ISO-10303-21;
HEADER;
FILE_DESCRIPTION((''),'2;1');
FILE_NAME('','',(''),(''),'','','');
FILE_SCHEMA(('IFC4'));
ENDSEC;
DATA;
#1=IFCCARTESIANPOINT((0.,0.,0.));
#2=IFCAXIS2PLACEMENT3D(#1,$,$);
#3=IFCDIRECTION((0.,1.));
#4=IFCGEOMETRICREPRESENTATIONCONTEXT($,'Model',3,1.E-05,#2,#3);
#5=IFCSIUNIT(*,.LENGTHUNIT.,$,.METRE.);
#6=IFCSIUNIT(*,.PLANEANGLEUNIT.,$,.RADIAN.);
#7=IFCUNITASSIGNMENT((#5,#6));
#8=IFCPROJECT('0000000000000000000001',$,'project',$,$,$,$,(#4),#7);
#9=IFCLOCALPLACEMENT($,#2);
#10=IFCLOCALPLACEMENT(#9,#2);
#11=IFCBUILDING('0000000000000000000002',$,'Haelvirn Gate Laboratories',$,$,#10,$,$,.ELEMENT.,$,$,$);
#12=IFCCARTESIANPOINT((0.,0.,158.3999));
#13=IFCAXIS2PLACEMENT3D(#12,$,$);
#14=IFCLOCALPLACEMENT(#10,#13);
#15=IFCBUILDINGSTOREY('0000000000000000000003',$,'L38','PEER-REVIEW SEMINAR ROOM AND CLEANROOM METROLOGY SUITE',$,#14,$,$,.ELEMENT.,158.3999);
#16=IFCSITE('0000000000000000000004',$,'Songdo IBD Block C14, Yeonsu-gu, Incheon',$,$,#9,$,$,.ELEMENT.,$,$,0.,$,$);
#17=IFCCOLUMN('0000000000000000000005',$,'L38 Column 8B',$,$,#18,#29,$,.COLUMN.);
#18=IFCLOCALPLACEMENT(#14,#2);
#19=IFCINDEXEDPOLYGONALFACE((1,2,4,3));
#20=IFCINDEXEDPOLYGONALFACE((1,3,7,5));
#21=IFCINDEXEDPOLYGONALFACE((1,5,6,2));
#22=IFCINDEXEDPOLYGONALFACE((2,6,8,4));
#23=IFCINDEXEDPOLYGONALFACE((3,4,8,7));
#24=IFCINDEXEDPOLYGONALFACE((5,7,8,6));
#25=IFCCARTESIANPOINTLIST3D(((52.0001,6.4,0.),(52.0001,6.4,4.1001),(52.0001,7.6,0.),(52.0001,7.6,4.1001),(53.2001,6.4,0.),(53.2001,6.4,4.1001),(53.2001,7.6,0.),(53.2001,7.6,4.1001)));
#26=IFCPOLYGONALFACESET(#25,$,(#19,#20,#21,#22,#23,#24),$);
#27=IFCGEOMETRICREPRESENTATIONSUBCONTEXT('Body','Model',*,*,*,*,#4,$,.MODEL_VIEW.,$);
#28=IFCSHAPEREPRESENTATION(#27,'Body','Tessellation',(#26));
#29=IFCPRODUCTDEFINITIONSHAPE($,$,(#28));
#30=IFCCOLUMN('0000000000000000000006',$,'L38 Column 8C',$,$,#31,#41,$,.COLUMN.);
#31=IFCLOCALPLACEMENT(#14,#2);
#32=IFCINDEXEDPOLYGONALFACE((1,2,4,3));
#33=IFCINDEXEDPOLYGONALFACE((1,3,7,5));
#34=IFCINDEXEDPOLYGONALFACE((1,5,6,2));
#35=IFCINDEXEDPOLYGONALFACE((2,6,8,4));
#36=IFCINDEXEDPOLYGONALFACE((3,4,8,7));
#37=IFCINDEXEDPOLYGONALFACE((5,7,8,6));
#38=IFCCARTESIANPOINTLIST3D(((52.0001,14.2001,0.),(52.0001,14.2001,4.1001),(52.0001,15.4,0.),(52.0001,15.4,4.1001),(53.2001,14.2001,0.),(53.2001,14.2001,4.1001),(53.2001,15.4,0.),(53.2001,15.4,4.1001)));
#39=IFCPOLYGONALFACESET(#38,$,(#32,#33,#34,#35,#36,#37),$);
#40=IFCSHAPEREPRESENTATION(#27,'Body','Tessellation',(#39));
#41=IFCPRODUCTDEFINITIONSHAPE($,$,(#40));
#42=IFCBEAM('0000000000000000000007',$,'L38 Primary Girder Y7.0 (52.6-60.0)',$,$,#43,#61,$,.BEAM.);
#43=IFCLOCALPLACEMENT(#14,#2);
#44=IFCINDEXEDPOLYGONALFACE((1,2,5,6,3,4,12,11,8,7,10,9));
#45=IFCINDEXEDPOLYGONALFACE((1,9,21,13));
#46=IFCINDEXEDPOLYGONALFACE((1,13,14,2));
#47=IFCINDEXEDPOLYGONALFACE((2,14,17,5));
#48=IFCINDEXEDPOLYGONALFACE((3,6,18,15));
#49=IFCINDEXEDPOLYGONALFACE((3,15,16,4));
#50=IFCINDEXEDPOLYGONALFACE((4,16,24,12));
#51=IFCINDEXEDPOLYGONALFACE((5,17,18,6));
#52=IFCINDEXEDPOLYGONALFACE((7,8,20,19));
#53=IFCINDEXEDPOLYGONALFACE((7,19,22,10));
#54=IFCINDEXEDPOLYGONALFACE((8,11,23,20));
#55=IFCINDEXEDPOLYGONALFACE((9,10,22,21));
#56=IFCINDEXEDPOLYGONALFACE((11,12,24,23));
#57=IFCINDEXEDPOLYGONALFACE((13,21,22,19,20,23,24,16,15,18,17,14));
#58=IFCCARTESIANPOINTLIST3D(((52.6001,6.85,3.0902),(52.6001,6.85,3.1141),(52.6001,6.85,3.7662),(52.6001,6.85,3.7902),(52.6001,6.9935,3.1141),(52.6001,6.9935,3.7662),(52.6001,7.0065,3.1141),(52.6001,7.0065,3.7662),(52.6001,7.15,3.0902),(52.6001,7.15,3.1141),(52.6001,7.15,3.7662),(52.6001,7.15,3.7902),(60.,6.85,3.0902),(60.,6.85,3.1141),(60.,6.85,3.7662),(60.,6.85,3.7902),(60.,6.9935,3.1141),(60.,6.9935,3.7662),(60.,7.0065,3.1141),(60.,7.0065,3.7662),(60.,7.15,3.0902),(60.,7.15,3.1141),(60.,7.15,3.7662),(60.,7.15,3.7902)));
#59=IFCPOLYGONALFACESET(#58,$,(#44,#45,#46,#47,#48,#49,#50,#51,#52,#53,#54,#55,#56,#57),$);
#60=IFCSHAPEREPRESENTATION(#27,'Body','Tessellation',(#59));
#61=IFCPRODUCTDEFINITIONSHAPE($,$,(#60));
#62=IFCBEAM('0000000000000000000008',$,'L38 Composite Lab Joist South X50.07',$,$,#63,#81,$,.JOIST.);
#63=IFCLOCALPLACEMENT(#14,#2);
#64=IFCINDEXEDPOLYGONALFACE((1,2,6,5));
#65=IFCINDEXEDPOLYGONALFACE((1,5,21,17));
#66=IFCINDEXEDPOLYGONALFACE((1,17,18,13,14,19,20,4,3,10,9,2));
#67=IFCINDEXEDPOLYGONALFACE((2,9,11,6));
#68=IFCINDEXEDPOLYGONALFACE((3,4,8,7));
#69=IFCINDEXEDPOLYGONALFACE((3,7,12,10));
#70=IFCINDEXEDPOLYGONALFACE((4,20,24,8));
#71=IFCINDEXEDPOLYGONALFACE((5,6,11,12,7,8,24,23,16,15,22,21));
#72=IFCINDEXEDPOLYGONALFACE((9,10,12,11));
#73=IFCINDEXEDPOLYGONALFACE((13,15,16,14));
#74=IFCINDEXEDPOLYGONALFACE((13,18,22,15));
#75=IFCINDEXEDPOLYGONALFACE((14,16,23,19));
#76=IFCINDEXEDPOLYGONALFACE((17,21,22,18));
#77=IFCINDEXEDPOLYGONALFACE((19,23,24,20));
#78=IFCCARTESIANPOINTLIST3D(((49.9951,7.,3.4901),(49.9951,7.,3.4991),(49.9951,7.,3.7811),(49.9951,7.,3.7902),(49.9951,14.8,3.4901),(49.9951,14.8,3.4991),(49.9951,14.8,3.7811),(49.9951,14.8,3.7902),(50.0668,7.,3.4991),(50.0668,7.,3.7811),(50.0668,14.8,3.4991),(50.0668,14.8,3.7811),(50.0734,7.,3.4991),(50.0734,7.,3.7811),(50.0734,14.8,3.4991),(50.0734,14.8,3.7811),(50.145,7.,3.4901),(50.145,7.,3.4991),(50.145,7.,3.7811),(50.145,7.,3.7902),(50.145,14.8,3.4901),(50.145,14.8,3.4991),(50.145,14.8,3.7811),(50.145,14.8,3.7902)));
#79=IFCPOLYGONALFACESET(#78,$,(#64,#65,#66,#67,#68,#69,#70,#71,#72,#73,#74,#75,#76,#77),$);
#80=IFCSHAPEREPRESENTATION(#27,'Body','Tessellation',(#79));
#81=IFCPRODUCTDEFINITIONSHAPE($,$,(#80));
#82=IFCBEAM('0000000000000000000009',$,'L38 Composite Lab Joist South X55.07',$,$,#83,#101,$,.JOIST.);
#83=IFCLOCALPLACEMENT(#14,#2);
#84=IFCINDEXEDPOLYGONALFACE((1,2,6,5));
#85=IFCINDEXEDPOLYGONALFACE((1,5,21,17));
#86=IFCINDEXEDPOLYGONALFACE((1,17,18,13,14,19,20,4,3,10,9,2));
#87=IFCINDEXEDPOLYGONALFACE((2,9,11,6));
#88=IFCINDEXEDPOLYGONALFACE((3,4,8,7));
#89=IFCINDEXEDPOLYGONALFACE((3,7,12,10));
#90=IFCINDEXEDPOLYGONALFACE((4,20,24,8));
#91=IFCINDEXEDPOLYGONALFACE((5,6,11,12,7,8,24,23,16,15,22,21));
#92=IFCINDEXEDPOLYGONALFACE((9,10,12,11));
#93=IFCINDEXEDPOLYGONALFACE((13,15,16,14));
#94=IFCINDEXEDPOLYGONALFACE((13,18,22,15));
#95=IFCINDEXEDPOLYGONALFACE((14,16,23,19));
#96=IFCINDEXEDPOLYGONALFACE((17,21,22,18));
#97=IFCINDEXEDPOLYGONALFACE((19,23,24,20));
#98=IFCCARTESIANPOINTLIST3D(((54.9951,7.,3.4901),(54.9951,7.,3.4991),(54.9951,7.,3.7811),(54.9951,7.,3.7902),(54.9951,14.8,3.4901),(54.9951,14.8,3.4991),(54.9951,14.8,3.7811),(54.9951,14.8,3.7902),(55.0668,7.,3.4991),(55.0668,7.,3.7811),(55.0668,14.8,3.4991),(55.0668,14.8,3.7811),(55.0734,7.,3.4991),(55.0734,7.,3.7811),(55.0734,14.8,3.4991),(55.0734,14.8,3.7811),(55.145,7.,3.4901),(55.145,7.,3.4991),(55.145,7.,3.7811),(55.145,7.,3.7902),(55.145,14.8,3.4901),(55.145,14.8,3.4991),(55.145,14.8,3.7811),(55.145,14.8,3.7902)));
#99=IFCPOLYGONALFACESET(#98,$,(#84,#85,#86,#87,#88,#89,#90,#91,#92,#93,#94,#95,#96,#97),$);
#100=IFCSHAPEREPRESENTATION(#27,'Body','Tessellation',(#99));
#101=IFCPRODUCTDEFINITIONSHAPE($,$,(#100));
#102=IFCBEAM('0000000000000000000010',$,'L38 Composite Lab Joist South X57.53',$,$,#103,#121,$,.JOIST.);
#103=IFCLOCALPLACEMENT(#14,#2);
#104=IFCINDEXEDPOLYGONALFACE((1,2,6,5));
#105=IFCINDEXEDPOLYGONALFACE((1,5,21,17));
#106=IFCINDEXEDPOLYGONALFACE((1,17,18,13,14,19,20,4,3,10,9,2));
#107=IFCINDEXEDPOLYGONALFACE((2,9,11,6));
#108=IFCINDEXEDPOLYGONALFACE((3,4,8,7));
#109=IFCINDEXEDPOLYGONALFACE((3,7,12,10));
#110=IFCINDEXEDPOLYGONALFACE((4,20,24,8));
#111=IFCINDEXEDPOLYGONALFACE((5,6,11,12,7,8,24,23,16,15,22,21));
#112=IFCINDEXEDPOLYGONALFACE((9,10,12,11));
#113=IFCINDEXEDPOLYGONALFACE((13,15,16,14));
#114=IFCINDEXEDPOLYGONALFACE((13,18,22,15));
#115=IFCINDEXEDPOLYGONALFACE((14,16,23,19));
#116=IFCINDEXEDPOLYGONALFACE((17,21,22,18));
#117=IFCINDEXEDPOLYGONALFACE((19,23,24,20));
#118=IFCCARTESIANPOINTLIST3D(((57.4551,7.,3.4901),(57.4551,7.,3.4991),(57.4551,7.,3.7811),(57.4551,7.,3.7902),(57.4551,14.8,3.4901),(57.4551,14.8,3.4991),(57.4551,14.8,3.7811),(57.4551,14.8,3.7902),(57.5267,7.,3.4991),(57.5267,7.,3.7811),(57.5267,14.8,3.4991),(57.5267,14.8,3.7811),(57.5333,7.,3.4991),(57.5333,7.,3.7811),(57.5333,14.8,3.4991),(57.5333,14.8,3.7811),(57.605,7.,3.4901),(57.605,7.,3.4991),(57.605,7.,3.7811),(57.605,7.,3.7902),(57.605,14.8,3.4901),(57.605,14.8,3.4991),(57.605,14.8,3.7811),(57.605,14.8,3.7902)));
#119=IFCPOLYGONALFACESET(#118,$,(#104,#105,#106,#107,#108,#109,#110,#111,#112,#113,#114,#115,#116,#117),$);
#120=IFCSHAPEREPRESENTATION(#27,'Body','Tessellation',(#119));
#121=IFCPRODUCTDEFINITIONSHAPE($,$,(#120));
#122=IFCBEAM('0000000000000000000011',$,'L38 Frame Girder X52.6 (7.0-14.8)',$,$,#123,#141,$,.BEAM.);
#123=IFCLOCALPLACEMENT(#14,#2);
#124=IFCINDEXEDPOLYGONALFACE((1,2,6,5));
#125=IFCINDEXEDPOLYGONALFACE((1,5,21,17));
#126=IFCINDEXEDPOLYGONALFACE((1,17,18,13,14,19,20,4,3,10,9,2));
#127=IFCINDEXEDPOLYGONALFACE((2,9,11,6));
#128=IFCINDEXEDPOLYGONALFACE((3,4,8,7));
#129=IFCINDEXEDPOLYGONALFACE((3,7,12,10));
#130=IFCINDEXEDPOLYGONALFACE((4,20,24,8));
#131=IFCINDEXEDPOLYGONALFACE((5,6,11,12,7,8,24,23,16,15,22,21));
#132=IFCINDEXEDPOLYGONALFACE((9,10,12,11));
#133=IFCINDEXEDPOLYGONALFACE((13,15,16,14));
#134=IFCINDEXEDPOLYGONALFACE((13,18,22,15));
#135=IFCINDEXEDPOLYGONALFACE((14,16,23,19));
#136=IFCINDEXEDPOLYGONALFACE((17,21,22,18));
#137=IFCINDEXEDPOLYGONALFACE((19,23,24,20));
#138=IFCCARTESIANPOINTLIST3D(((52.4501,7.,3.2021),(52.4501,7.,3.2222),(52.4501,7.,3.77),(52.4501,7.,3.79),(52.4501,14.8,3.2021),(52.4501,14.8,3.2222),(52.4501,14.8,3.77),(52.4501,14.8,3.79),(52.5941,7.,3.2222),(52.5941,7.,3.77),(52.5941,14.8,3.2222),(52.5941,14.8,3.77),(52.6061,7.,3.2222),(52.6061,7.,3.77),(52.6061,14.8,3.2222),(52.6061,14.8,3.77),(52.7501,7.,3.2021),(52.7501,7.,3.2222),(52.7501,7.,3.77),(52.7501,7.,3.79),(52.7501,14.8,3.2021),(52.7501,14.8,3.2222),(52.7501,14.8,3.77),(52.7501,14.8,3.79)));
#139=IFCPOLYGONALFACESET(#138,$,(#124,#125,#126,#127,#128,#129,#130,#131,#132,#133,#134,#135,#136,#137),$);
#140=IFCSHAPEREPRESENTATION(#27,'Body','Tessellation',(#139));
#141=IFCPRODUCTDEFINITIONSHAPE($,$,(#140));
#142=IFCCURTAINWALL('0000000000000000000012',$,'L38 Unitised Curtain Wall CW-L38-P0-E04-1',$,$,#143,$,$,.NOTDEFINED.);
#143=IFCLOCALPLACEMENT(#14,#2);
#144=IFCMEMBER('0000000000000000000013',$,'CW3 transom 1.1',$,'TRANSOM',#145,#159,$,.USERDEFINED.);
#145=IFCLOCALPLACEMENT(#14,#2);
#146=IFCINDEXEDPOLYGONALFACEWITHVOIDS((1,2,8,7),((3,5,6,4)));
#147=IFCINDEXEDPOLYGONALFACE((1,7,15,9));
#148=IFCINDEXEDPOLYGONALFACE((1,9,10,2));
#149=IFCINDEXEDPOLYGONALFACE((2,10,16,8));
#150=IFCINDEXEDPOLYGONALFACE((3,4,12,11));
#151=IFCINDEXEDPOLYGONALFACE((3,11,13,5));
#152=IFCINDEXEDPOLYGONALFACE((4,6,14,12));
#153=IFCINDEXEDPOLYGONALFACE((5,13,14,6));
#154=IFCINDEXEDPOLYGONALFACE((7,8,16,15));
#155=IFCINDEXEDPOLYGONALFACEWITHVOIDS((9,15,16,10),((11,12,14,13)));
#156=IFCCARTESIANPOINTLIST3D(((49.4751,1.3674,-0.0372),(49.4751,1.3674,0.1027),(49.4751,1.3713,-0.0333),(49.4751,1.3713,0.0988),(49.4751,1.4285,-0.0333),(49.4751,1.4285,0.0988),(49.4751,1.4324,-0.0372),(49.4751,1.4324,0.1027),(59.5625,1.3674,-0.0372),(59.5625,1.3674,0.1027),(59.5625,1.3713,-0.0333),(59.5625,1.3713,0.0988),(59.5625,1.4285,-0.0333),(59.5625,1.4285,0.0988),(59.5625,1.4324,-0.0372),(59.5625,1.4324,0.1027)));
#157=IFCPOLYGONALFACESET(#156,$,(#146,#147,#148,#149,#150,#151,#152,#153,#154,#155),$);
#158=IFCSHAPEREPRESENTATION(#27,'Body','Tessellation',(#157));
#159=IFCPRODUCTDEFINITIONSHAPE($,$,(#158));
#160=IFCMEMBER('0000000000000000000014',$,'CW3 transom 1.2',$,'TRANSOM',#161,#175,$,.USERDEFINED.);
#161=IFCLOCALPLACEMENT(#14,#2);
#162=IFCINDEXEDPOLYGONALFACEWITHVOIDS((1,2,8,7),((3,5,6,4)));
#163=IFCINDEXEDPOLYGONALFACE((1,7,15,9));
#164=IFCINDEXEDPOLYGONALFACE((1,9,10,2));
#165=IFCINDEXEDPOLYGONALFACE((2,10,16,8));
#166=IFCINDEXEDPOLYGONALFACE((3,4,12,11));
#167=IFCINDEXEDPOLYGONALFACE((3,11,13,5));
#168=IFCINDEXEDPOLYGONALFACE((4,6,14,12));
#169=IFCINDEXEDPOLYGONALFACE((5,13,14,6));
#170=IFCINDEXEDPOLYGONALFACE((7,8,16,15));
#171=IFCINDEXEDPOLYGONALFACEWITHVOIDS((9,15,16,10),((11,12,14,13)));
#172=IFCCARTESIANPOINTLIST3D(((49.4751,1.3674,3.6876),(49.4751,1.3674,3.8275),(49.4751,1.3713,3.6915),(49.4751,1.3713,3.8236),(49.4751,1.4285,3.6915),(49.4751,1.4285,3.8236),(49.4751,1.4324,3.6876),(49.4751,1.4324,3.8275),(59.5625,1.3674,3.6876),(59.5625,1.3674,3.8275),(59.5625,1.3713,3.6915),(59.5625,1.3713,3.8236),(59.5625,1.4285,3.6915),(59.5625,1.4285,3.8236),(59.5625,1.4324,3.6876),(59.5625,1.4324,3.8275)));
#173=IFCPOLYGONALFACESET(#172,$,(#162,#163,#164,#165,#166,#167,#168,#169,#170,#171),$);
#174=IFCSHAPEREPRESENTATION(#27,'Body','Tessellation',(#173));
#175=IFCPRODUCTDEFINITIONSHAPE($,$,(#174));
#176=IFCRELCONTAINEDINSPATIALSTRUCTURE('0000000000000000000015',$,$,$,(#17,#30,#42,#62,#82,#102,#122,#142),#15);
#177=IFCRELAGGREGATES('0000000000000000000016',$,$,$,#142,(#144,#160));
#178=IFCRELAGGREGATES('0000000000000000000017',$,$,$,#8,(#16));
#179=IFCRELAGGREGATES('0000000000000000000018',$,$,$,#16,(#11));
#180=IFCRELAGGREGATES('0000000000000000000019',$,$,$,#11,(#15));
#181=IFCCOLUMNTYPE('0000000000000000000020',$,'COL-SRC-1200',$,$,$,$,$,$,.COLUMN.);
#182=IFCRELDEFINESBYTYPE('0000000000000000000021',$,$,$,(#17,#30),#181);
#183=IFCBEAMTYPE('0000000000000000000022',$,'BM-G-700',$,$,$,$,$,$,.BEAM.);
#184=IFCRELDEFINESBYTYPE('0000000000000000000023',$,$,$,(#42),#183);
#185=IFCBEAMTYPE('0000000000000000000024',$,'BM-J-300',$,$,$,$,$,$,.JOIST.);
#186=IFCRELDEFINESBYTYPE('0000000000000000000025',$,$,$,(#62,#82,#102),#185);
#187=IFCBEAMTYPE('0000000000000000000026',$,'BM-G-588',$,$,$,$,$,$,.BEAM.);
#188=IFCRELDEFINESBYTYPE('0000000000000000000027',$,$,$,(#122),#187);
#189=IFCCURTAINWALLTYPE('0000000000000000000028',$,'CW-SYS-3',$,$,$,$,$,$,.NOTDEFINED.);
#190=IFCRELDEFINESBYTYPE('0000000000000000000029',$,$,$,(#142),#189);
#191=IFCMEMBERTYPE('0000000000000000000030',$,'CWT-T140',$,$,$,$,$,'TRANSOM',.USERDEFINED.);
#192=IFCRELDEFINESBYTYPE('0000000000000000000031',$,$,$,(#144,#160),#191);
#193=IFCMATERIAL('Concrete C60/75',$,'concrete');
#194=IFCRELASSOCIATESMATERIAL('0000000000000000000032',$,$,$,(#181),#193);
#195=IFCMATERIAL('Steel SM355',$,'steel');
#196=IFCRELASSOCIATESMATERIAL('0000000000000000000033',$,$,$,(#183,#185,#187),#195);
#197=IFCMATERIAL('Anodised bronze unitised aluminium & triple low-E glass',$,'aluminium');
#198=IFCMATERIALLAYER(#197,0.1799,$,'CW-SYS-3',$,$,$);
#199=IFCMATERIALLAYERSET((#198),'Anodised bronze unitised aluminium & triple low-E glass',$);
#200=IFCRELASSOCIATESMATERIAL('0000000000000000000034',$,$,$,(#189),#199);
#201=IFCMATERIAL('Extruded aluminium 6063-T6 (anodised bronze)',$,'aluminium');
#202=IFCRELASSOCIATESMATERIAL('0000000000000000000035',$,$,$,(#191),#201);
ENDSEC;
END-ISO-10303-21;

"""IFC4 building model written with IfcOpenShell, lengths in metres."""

from ifc_helpers import new_model, si_unit, direction, frame, origin, origin_2d, place, context, subcontext, project, spatial, rectangle, hollow_rectangle, i_section, extrude, source, transform, mapped, material, layer, layer_set, material_profile, profile_set, type_object, type_shapes, element, aggregate, save


model = new_model("IFC4")

# Units and contexts
model_context = context("Model", 3, precision=1e-05, world=origin(), true_north=direction((0.0, 1.0)))
body_context = subcontext(model_context, "Body", "Model", "MODEL_VIEW")
ifc_project = project(units=[si_unit("LENGTHUNIT", "METRE"), si_unit("PLANEANGLEUNIT", "RADIAN")], contexts=[model_context])

# Site, building, storey
site_placement = place(None, origin())
site = spatial("IfcSite", under=ifc_project, at=site_placement, Name="Songdo IBD Block C14, Yeonsu-gu, Incheon", CompositionType="ELEMENT", RefElevation=0.0)
building_placement = place(site_placement, origin())
building = spatial("IfcBuilding", under=site, at=building_placement, Name="Haelvirn Gate Laboratories", CompositionType="ELEMENT")
storey_placement = place(building_placement, frame((0.0, 0.0, 158.3999)))
storey = spatial("IfcBuildingStorey", under=building, at=storey_placement, Name="L38", Description="PEER-REVIEW SEMINAR ROOM AND CLEANROOM METROLOGY SUITE", CompositionType="ELEMENT", Elevation=158.3999)

# Columns
ifc_material_1 = material(Name="Concrete C60/75", Category="concrete")
ifc_material_profile_1 = material_profile(ifc_material_1, rectangle(XDim=1.2, YDim=1.2, at=origin_2d()), Name="SRC-1200x1200")
ifc_profile_set_1 = profile_set([ifc_material_profile_1], Name="Concrete C60/75")
column_type = type_object("IfcColumnType", Name="COL-SRC-1200", PredefinedType="COLUMN", material=ifc_profile_set_1)
shared_shape_1 = source(origin(), body_context, "Body", "SweptSolid", [
    extrude(rectangle(XDim=1.2, YDim=1.2, at=origin_2d()), origin(), (0.0, 0.0, 1.0), 4.1001),
])
type_shapes(column_type, [shared_shape_1])
for number, where, z_axis, x_axis, name in (
    (1, (52.6001, 7.0, 0.0), (0.0, 0.0, 1.0), (1.0, 0.0, 0.0), "L38 Column 8B"),
    (2, (52.6001, 14.8, 0.0), (0.0, 0.0, 1.0), (1.0, 0.0, 0.0), "L38 Column 8C"),
):
    element("IfcColumn", number, at=place(storey_placement, frame(where, z_axis=z_axis, x_axis=x_axis)), inside=storey, type_object=column_type, Name=name, PredefinedType="COLUMN", context=body_context, shape_type="MappedRepresentation", body=[
        mapped(shared_shape_1, transform((0.0, 0.0, 0.0), scale=1.0)),
    ])

# Beams
ifc_material_2 = material(Name="Steel SM355", Category="steel")
ifc_material_profile_2 = material_profile(ifc_material_2, i_section(OverallWidth=0.3, OverallDepth=0.7, WebThickness=0.0129, FlangeThickness=0.0239, at=origin_2d()), Name="H-700x300x13x24")
ifc_profile_set_2 = profile_set([ifc_material_profile_2], Name="Steel SM355")
beam_type_1 = type_object("IfcBeamType", Name="BM-G-700", PredefinedType="BEAM", material=ifc_profile_set_2)
shared_shape_2 = source(origin(), body_context, "Body", "SweptSolid", [
    extrude(i_section(OverallWidth=0.3, OverallDepth=0.7, WebThickness=0.0129, FlangeThickness=0.0239, at=origin_2d()), origin(), (0.0, 0.0, 1.0), 7.3999),
])
type_shapes(beam_type_1, [shared_shape_2])
beam_1_placement = place(storey_placement, frame((52.6001, 7.0, 3.4402), z_axis=(1.0, 0.0, 0.0), x_axis=(0.0, 1.0, 0.0)))
element("IfcBeam", 3, at=beam_1_placement, inside=storey, type_object=beam_type_1, Name="L38 Primary Girder Y7.0 (52.6-60.0)", PredefinedType="BEAM", context=body_context, shape_type="MappedRepresentation", body=[
    mapped(shared_shape_2, transform((0.0, 0.0, 0.0), scale=1.0)),
])
ifc_material_profile_3 = material_profile(ifc_material_2, i_section(OverallWidth=0.1499, OverallDepth=0.3, WebThickness=0.0066, FlangeThickness=0.009, at=origin_2d()), Name="H-300x150x6.5x9")
ifc_profile_set_3 = profile_set([ifc_material_profile_3], Name="Steel SM355")
beam_type_2 = type_object("IfcBeamType", Name="BM-J-300", PredefinedType="JOIST", material=ifc_profile_set_3)
shared_shape_3 = source(origin(), body_context, "Body", "SweptSolid", [
    extrude(i_section(OverallWidth=0.1499, OverallDepth=0.3, WebThickness=0.0066, FlangeThickness=0.009, at=origin_2d()), origin(), (0.0, 0.0, 1.0), 7.8),
])
type_shapes(beam_type_2, [shared_shape_3])
for number, where, z_axis, x_axis, name in (
    (4, (50.0701, 7.0, 3.6401), (0.0, 1.0, 0.0), (-1.0, 0.0, 0.0), "L38 Composite Lab Joist South X50.07"),
    (5, (55.0701, 7.0, 3.6401), (0.0, 1.0, 0.0), (-1.0, 0.0, 0.0), "L38 Composite Lab Joist South X55.07"),
    (6, (57.53, 7.0, 3.6401), (0.0, 1.0, 0.0), (-1.0, 0.0, 0.0), "L38 Composite Lab Joist South X57.53"),
):
    element("IfcBeam", number, at=place(storey_placement, frame(where, z_axis=z_axis, x_axis=x_axis)), inside=storey, type_object=beam_type_2, Name=name, PredefinedType="JOIST", context=body_context, shape_type="MappedRepresentation", body=[
        mapped(shared_shape_3, transform((0.0, 0.0, 0.0), scale=1.0)),
    ])
ifc_material_profile_4 = material_profile(ifc_material_2, i_section(OverallWidth=0.3, OverallDepth=0.5879, WebThickness=0.012, FlangeThickness=0.02, at=origin_2d()), Name="H-588x300x12x20")
ifc_profile_set_4 = profile_set([ifc_material_profile_4], Name="Steel SM355")
beam_type_3 = type_object("IfcBeamType", Name="BM-G-588", PredefinedType="BEAM", material=ifc_profile_set_4)
shared_shape_4 = source(origin(), body_context, "Body", "SweptSolid", [
    extrude(i_section(OverallWidth=0.3, OverallDepth=0.5879, WebThickness=0.012, FlangeThickness=0.02, at=origin_2d()), origin(), (0.0, 0.0, 1.0), 7.8),
])
type_shapes(beam_type_3, [shared_shape_4])
beam_2_placement = place(storey_placement, frame((52.6001, 7.0, 3.4961), z_axis=(0.0, 1.0, 0.0), x_axis=(-1.0, 0.0, 0.0)))
element("IfcBeam", 7, at=beam_2_placement, inside=storey, type_object=beam_type_3, Name="L38 Frame Girder X52.6 (7.0-14.8)", PredefinedType="BEAM", context=body_context, shape_type="MappedRepresentation", body=[
    mapped(shared_shape_4, transform((0.0, 0.0, 0.0), scale=1.0)),
])

# Curtain wall, members
ifc_material_3 = material(Name="Anodised bronze unitised aluminium & triple low-E glass", Category="aluminium")
ifc_layer_1 = layer(ifc_material_3, 0.1799, Name="CW-SYS-3")
ifc_layer_set_1 = layer_set([ifc_layer_1], Name="Anodised bronze unitised aluminium & triple low-E glass")
curtain_wall_type = type_object("IfcCurtainWallType", Name="CW-SYS-3", PredefinedType="NOTDEFINED", material=ifc_layer_set_1)
curtain_wall_1_placement = place(storey_placement, origin())
curtain_wall_1 = element("IfcCurtainWall", 8, at=curtain_wall_1_placement, inside=storey, type_object=curtain_wall_type, Name="L38 Unitised Curtain Wall CW-L38-P0-E04-1", PredefinedType="NOTDEFINED")
ifc_material_4 = material(Name="Extruded aluminium 6063-T6 (anodised bronze)", Category="aluminium")
ifc_material_profile_5 = material_profile(ifc_material_4, hollow_rectangle(XDim=0.0649, YDim=0.1399, WallThickness=0.0039, at=origin_2d()), Name="CWT-140x65x4")
ifc_profile_set_5 = profile_set([ifc_material_profile_5], Name="Extruded aluminium 6063-T6 (anodised bronze)")
member_type_1 = type_object("IfcMemberType", Name="CWT-T140", ElementType="TRANSOM", PredefinedType="USERDEFINED", material=ifc_profile_set_5)
shared_shape_5 = source(origin(), body_context, "Body", "SweptSolid", [
    extrude(hollow_rectangle(XDim=0.0649, YDim=0.1399, WallThickness=0.0039, at=origin_2d()), origin(), (0.0, 0.0, 1.0), 10.0874),
])
type_shapes(member_type_1, [shared_shape_5])
member_1_placement = place(storey_placement, frame((49.4751, 1.3999, 0.0327), z_axis=(1.0, 0.0, 0.0), x_axis=(0.0, 1.0, 0.0)))
member_1 = element("IfcMember", 9, at=member_1_placement, type_object=member_type_1, Name="CW3 transom 1.1", ObjectType="TRANSOM", PredefinedType="USERDEFINED", context=body_context, shape_type="MappedRepresentation", body=[
    mapped(shared_shape_5, transform((0.0, 0.0, 0.0), scale=1.0)),
])
member_2_placement = place(storey_placement, frame((49.4751, 1.3999, 3.7576), z_axis=(1.0, 0.0, 0.0), x_axis=(0.0, 1.0, 0.0)))
member_2 = element("IfcMember", 10, at=member_2_placement, type_object=member_type_1, Name="CW3 transom 1.2", ObjectType="TRANSOM", PredefinedType="USERDEFINED", context=body_context, shape_type="MappedRepresentation", body=[
    mapped(shared_shape_5, transform((0.0, 0.0, 0.0), scale=1.0)),
])

aggregate(curtain_wall_1, [member_1, member_2])

save(model, "model.ifc")
